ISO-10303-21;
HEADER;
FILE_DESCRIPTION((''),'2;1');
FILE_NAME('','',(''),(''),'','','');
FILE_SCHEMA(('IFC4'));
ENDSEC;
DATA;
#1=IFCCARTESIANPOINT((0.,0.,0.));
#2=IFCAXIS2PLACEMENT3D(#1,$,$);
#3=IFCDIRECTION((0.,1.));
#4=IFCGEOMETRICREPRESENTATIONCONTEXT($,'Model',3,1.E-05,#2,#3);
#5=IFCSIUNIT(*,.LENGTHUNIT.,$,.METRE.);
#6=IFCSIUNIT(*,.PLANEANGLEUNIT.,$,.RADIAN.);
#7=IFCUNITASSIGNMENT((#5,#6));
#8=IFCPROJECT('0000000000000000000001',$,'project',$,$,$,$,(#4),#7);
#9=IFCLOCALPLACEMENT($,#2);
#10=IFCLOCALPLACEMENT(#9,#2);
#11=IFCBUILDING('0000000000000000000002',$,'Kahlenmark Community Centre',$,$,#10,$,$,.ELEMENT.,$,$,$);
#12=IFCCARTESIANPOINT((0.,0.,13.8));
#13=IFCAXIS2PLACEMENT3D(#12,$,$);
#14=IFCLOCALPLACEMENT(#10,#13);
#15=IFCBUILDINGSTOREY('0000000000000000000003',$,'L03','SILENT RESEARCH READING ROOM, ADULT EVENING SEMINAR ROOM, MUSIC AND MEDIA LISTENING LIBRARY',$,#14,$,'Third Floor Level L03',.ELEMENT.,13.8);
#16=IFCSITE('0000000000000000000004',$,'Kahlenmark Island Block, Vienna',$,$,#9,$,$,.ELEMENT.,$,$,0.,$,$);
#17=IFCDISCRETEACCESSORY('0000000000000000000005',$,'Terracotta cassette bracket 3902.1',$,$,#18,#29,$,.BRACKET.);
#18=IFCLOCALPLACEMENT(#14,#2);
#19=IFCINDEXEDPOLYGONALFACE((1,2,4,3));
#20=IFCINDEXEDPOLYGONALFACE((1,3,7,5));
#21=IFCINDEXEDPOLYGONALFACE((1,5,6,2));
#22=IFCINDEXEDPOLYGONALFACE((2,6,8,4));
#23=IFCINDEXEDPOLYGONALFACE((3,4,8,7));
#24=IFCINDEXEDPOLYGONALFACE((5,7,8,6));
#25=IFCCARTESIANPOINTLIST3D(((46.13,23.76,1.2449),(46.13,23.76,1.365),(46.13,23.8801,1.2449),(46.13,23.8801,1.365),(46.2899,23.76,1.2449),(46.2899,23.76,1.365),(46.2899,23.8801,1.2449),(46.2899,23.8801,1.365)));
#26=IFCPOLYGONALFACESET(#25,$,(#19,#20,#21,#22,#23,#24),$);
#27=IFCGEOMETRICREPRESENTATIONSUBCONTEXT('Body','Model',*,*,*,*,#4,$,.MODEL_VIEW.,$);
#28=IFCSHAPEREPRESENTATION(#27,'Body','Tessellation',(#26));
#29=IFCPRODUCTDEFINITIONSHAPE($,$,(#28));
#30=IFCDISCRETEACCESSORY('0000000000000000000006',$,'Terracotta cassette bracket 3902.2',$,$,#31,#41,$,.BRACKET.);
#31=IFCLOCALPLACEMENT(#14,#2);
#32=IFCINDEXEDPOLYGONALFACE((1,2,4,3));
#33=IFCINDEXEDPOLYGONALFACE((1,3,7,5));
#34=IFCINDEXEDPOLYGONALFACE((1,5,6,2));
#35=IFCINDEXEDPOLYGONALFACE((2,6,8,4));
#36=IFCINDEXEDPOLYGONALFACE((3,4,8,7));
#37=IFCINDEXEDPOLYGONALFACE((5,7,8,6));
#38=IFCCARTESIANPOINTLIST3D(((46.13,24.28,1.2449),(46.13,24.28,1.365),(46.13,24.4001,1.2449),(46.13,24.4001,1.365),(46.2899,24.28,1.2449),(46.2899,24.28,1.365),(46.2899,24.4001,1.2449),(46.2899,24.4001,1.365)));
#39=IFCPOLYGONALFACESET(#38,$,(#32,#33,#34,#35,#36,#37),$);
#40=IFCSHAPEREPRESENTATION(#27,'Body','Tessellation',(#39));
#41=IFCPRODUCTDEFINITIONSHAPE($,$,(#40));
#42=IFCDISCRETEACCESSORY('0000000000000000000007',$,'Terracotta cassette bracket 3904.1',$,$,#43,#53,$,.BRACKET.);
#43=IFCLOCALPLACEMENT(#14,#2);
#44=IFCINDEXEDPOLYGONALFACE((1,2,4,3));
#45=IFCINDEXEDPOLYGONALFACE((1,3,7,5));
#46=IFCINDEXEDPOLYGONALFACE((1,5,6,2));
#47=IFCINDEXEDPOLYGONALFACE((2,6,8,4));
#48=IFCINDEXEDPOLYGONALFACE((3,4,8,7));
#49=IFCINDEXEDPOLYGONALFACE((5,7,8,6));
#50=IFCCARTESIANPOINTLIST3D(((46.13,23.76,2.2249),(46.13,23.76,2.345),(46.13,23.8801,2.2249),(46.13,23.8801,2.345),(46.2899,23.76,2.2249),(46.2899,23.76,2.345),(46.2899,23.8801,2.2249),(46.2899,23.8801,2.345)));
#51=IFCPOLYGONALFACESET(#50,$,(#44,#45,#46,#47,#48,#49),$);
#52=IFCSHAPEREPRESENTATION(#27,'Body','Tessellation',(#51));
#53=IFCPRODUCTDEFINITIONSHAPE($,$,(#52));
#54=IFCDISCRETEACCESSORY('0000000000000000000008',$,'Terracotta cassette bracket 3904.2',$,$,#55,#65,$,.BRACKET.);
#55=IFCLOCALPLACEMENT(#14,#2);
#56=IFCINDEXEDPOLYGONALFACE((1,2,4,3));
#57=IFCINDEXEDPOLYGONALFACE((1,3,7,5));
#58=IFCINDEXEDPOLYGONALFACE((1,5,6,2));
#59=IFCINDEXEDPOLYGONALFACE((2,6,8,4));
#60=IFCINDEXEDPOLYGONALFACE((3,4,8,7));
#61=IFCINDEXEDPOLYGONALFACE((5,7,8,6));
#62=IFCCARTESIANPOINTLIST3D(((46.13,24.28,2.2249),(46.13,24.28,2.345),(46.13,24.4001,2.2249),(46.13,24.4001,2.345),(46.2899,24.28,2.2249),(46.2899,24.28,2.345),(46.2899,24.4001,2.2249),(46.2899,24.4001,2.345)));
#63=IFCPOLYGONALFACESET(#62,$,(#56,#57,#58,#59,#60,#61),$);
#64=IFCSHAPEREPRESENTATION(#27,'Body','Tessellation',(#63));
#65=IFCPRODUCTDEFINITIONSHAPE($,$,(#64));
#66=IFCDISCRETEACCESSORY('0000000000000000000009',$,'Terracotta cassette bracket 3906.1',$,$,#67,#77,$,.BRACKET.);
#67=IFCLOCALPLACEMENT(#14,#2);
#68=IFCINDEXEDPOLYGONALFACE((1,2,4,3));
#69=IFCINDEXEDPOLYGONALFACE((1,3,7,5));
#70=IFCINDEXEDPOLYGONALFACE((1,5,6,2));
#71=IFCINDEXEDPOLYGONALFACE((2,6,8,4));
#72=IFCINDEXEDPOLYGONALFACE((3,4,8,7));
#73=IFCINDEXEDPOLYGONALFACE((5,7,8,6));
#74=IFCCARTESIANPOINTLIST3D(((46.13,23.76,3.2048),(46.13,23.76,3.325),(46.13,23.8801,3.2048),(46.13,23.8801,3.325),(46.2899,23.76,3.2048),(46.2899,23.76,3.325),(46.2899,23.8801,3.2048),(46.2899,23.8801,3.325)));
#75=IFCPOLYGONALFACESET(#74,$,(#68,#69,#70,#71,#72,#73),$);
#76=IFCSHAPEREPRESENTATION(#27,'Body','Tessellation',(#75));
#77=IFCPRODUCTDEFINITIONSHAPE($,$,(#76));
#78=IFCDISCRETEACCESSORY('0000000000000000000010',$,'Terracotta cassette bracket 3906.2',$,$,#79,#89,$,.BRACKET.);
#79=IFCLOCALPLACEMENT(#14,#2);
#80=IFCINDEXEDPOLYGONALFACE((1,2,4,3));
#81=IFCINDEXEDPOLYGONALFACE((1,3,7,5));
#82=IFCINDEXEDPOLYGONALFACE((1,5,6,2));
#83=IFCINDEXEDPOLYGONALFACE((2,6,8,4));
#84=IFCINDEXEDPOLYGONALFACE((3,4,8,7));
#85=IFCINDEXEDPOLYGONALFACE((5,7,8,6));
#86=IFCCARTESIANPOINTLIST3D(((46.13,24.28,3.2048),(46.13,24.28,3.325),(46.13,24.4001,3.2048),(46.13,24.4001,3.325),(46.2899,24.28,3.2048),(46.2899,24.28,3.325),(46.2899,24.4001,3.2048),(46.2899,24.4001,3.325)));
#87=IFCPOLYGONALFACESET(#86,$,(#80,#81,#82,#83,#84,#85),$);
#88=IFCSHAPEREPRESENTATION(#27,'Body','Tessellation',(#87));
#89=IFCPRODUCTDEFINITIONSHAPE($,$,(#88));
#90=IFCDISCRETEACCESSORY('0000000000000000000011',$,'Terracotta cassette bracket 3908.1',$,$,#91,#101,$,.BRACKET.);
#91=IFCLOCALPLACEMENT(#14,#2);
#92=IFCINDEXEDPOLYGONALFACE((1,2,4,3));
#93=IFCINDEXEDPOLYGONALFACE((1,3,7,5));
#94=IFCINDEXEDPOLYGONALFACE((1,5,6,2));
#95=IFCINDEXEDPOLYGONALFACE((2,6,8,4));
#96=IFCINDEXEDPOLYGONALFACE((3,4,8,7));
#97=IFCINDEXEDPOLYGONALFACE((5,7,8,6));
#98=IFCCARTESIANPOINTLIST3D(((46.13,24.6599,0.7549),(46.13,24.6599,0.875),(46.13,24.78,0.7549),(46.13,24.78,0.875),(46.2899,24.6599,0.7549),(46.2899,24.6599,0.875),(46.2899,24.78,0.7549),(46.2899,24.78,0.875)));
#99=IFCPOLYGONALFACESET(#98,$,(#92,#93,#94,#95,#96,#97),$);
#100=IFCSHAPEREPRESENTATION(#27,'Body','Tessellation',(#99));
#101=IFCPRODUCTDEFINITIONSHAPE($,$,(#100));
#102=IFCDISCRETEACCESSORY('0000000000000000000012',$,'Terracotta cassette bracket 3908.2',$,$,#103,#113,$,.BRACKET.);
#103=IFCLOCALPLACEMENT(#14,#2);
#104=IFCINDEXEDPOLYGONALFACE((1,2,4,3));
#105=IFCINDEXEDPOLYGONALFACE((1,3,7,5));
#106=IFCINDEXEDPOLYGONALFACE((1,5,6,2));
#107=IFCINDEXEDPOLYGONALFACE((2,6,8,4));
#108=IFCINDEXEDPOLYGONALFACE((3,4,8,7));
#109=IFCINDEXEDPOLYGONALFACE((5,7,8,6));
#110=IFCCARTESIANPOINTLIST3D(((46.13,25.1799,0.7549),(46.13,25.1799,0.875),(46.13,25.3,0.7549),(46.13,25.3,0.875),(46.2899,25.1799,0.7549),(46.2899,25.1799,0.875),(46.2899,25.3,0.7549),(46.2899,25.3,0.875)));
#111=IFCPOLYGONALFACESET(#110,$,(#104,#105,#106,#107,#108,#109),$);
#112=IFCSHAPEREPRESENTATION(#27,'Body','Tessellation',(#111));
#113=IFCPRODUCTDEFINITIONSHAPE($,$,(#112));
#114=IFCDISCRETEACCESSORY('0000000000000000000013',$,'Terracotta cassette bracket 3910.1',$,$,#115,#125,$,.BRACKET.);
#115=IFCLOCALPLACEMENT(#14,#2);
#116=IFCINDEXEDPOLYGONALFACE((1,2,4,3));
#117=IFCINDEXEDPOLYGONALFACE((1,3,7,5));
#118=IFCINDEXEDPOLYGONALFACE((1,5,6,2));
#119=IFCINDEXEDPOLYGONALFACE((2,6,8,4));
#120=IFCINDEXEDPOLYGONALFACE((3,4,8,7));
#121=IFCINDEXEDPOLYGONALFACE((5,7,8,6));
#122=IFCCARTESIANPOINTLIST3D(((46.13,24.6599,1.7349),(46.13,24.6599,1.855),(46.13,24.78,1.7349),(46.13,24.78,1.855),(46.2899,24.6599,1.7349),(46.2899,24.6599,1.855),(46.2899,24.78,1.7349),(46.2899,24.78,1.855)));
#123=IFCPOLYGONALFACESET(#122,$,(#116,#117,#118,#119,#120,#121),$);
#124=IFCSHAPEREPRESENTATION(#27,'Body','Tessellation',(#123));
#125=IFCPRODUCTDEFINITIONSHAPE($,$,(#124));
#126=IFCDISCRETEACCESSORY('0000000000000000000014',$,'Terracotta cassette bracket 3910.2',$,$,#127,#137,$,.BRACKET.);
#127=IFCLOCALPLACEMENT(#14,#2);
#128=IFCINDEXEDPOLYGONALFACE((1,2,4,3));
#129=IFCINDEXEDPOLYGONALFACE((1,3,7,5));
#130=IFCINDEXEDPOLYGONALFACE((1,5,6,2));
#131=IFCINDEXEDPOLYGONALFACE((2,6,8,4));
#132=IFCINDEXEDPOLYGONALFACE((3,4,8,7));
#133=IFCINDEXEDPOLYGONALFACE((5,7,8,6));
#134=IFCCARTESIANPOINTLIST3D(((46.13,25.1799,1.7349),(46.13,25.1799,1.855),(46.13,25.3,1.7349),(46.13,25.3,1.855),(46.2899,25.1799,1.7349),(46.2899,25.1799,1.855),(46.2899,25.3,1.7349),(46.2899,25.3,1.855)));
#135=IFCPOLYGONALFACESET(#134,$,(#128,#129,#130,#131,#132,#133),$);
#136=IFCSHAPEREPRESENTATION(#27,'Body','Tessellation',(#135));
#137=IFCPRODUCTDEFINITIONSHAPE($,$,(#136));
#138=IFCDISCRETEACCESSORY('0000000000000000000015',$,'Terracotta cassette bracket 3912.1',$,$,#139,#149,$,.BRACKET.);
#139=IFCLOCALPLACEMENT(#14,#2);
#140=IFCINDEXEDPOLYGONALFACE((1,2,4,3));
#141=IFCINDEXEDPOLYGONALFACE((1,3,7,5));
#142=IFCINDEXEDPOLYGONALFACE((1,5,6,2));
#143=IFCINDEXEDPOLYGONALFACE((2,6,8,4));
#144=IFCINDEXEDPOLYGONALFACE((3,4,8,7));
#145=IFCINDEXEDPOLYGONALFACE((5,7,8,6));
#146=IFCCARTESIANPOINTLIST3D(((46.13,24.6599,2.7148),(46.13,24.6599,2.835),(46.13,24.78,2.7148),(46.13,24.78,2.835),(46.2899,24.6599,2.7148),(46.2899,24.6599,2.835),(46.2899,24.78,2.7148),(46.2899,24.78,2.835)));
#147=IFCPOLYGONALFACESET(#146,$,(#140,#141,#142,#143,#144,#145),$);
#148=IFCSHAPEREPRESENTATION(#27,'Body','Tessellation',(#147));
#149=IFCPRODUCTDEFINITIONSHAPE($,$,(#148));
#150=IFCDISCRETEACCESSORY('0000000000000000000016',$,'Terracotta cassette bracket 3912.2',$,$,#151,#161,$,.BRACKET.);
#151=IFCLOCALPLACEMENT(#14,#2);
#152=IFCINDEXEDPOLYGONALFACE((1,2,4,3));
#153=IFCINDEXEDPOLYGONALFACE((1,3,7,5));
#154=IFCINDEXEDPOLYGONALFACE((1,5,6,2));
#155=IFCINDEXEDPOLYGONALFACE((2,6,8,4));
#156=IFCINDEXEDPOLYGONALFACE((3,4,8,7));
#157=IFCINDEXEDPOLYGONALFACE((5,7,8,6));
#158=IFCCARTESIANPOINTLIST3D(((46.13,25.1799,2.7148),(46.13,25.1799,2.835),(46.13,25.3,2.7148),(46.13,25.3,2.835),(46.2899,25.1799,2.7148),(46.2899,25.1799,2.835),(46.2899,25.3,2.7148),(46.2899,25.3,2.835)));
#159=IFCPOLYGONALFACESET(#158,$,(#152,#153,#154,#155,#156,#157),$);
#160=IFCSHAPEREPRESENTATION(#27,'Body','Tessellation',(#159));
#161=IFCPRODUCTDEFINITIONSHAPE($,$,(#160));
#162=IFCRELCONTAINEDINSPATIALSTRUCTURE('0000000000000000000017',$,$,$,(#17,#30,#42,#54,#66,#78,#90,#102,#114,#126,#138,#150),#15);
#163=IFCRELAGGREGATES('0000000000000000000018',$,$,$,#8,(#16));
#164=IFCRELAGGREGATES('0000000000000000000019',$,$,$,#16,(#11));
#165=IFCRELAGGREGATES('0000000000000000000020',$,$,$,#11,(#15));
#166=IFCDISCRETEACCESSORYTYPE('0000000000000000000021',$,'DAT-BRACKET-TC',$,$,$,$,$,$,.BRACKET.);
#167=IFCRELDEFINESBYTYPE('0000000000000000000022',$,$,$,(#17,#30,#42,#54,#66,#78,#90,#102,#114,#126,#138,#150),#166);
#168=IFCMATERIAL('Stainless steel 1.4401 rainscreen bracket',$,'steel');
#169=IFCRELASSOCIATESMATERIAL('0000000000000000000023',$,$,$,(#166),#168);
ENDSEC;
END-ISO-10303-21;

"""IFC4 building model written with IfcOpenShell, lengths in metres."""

from ifc_helpers import new_model, si_unit, direction, frame, origin, origin_2d, place, context, subcontext, project, spatial, rectangle, extrude, material, type_object, element, save


model = new_model("IFC4")

# Units and contexts
model_context = context("Model", 3, precision=1e-05, world=origin(), true_north=direction((0.0, 1.0)))
body_context = subcontext(model_context, "Body", "Model", "MODEL_VIEW")
ifc_project = project(units=[si_unit("LENGTHUNIT", "METRE"), si_unit("PLANEANGLEUNIT", "RADIAN")], contexts=[model_context])

# Site, building, storey
site_placement = place(None, origin())
site = spatial("IfcSite", under=ifc_project, at=site_placement, Name="Kahlenmark Island Block, Vienna", CompositionType="ELEMENT", RefElevation=0.0)
building_placement = place(site_placement, origin())
building = spatial("IfcBuilding", under=site, at=building_placement, Name="Kahlenmark Community Centre", CompositionType="ELEMENT")
storey_placement = place(building_placement, frame((0.0, 0.0, 13.8)))
storey = spatial("IfcBuildingStorey", under=building, at=storey_placement, Name="L03", Description="SILENT RESEARCH READING ROOM, ADULT EVENING SEMINAR ROOM, MUSIC AND MEDIA LISTENING LIBRARY", LongName="Third Floor Level L03", CompositionType="ELEMENT", Elevation=13.8)

# Discrete accessories
ifc_material_1 = material(Name="Stainless steel 1.4401 rainscreen bracket", Category="steel")
discrete_accessory_type = type_object("IfcDiscreteAccessoryType", Name="DAT-BRACKET-TC", PredefinedType="BRACKET", material=ifc_material_1)
for number, where, z_axis, x_axis, name in (
    (1, (46.21, 23.8201, 1.2449), (0.0, 0.0, 1.0), (0.0, 1.0, 0.0), "Terracotta cassette bracket 3902.1"),
    (2, (46.21, 24.3401, 1.2449), (0.0, 0.0, 1.0), (0.0, 1.0, 0.0), "Terracotta cassette bracket 3902.2"),
    (3, (46.21, 23.8201, 2.2249), (0.0, 0.0, 1.0), (0.0, 1.0, 0.0), "Terracotta cassette bracket 3904.1"),
    (4, (46.21, 24.3401, 2.2249), (0.0, 0.0, 1.0), (0.0, 1.0, 0.0), "Terracotta cassette bracket 3904.2"),
    (5, (46.21, 23.8201, 3.2048), (0.0, 0.0, 1.0), (0.0, 1.0, 0.0), "Terracotta cassette bracket 3906.1"),
    (6, (46.21, 24.3401, 3.2048), (0.0, 0.0, 1.0), (0.0, 1.0, 0.0), "Terracotta cassette bracket 3906.2"),
    (7, (46.21, 24.72, 0.7549), (0.0, 0.0, 1.0), (0.0, 1.0, 0.0), "Terracotta cassette bracket 3908.1"),
    (8, (46.21, 25.24, 0.7549), (0.0, 0.0, 1.0), (0.0, 1.0, 0.0), "Terracotta cassette bracket 3908.2"),
    (9, (46.21, 24.72, 1.7349), (0.0, 0.0, 1.0), (0.0, 1.0, 0.0), "Terracotta cassette bracket 3910.1"),
    (10, (46.21, 25.24, 1.7349), (0.0, 0.0, 1.0), (0.0, 1.0, 0.0), "Terracotta cassette bracket 3910.2"),
    (11, (46.21, 24.72, 2.7148), (0.0, 0.0, 1.0), (0.0, 1.0, 0.0), "Terracotta cassette bracket 3912.1"),
    (12, (46.21, 25.24, 2.7148), (0.0, 0.0, 1.0), (0.0, 1.0, 0.0), "Terracotta cassette bracket 3912.2"),
):
    element("IfcDiscreteAccessory", number, at=place(storey_placement, frame(where, z_axis=z_axis, x_axis=x_axis)), inside=storey, type_object=discrete_accessory_type, Name=name, PredefinedType="BRACKET", context=body_context, shape_type="SweptSolid", body=[
        extrude(rectangle(XDim=0.1201, YDim=0.1599, at=origin_2d()), origin(), (0.0, 0.0, 1.0), 0.1201),
    ])

save(model, "model.ifc")
